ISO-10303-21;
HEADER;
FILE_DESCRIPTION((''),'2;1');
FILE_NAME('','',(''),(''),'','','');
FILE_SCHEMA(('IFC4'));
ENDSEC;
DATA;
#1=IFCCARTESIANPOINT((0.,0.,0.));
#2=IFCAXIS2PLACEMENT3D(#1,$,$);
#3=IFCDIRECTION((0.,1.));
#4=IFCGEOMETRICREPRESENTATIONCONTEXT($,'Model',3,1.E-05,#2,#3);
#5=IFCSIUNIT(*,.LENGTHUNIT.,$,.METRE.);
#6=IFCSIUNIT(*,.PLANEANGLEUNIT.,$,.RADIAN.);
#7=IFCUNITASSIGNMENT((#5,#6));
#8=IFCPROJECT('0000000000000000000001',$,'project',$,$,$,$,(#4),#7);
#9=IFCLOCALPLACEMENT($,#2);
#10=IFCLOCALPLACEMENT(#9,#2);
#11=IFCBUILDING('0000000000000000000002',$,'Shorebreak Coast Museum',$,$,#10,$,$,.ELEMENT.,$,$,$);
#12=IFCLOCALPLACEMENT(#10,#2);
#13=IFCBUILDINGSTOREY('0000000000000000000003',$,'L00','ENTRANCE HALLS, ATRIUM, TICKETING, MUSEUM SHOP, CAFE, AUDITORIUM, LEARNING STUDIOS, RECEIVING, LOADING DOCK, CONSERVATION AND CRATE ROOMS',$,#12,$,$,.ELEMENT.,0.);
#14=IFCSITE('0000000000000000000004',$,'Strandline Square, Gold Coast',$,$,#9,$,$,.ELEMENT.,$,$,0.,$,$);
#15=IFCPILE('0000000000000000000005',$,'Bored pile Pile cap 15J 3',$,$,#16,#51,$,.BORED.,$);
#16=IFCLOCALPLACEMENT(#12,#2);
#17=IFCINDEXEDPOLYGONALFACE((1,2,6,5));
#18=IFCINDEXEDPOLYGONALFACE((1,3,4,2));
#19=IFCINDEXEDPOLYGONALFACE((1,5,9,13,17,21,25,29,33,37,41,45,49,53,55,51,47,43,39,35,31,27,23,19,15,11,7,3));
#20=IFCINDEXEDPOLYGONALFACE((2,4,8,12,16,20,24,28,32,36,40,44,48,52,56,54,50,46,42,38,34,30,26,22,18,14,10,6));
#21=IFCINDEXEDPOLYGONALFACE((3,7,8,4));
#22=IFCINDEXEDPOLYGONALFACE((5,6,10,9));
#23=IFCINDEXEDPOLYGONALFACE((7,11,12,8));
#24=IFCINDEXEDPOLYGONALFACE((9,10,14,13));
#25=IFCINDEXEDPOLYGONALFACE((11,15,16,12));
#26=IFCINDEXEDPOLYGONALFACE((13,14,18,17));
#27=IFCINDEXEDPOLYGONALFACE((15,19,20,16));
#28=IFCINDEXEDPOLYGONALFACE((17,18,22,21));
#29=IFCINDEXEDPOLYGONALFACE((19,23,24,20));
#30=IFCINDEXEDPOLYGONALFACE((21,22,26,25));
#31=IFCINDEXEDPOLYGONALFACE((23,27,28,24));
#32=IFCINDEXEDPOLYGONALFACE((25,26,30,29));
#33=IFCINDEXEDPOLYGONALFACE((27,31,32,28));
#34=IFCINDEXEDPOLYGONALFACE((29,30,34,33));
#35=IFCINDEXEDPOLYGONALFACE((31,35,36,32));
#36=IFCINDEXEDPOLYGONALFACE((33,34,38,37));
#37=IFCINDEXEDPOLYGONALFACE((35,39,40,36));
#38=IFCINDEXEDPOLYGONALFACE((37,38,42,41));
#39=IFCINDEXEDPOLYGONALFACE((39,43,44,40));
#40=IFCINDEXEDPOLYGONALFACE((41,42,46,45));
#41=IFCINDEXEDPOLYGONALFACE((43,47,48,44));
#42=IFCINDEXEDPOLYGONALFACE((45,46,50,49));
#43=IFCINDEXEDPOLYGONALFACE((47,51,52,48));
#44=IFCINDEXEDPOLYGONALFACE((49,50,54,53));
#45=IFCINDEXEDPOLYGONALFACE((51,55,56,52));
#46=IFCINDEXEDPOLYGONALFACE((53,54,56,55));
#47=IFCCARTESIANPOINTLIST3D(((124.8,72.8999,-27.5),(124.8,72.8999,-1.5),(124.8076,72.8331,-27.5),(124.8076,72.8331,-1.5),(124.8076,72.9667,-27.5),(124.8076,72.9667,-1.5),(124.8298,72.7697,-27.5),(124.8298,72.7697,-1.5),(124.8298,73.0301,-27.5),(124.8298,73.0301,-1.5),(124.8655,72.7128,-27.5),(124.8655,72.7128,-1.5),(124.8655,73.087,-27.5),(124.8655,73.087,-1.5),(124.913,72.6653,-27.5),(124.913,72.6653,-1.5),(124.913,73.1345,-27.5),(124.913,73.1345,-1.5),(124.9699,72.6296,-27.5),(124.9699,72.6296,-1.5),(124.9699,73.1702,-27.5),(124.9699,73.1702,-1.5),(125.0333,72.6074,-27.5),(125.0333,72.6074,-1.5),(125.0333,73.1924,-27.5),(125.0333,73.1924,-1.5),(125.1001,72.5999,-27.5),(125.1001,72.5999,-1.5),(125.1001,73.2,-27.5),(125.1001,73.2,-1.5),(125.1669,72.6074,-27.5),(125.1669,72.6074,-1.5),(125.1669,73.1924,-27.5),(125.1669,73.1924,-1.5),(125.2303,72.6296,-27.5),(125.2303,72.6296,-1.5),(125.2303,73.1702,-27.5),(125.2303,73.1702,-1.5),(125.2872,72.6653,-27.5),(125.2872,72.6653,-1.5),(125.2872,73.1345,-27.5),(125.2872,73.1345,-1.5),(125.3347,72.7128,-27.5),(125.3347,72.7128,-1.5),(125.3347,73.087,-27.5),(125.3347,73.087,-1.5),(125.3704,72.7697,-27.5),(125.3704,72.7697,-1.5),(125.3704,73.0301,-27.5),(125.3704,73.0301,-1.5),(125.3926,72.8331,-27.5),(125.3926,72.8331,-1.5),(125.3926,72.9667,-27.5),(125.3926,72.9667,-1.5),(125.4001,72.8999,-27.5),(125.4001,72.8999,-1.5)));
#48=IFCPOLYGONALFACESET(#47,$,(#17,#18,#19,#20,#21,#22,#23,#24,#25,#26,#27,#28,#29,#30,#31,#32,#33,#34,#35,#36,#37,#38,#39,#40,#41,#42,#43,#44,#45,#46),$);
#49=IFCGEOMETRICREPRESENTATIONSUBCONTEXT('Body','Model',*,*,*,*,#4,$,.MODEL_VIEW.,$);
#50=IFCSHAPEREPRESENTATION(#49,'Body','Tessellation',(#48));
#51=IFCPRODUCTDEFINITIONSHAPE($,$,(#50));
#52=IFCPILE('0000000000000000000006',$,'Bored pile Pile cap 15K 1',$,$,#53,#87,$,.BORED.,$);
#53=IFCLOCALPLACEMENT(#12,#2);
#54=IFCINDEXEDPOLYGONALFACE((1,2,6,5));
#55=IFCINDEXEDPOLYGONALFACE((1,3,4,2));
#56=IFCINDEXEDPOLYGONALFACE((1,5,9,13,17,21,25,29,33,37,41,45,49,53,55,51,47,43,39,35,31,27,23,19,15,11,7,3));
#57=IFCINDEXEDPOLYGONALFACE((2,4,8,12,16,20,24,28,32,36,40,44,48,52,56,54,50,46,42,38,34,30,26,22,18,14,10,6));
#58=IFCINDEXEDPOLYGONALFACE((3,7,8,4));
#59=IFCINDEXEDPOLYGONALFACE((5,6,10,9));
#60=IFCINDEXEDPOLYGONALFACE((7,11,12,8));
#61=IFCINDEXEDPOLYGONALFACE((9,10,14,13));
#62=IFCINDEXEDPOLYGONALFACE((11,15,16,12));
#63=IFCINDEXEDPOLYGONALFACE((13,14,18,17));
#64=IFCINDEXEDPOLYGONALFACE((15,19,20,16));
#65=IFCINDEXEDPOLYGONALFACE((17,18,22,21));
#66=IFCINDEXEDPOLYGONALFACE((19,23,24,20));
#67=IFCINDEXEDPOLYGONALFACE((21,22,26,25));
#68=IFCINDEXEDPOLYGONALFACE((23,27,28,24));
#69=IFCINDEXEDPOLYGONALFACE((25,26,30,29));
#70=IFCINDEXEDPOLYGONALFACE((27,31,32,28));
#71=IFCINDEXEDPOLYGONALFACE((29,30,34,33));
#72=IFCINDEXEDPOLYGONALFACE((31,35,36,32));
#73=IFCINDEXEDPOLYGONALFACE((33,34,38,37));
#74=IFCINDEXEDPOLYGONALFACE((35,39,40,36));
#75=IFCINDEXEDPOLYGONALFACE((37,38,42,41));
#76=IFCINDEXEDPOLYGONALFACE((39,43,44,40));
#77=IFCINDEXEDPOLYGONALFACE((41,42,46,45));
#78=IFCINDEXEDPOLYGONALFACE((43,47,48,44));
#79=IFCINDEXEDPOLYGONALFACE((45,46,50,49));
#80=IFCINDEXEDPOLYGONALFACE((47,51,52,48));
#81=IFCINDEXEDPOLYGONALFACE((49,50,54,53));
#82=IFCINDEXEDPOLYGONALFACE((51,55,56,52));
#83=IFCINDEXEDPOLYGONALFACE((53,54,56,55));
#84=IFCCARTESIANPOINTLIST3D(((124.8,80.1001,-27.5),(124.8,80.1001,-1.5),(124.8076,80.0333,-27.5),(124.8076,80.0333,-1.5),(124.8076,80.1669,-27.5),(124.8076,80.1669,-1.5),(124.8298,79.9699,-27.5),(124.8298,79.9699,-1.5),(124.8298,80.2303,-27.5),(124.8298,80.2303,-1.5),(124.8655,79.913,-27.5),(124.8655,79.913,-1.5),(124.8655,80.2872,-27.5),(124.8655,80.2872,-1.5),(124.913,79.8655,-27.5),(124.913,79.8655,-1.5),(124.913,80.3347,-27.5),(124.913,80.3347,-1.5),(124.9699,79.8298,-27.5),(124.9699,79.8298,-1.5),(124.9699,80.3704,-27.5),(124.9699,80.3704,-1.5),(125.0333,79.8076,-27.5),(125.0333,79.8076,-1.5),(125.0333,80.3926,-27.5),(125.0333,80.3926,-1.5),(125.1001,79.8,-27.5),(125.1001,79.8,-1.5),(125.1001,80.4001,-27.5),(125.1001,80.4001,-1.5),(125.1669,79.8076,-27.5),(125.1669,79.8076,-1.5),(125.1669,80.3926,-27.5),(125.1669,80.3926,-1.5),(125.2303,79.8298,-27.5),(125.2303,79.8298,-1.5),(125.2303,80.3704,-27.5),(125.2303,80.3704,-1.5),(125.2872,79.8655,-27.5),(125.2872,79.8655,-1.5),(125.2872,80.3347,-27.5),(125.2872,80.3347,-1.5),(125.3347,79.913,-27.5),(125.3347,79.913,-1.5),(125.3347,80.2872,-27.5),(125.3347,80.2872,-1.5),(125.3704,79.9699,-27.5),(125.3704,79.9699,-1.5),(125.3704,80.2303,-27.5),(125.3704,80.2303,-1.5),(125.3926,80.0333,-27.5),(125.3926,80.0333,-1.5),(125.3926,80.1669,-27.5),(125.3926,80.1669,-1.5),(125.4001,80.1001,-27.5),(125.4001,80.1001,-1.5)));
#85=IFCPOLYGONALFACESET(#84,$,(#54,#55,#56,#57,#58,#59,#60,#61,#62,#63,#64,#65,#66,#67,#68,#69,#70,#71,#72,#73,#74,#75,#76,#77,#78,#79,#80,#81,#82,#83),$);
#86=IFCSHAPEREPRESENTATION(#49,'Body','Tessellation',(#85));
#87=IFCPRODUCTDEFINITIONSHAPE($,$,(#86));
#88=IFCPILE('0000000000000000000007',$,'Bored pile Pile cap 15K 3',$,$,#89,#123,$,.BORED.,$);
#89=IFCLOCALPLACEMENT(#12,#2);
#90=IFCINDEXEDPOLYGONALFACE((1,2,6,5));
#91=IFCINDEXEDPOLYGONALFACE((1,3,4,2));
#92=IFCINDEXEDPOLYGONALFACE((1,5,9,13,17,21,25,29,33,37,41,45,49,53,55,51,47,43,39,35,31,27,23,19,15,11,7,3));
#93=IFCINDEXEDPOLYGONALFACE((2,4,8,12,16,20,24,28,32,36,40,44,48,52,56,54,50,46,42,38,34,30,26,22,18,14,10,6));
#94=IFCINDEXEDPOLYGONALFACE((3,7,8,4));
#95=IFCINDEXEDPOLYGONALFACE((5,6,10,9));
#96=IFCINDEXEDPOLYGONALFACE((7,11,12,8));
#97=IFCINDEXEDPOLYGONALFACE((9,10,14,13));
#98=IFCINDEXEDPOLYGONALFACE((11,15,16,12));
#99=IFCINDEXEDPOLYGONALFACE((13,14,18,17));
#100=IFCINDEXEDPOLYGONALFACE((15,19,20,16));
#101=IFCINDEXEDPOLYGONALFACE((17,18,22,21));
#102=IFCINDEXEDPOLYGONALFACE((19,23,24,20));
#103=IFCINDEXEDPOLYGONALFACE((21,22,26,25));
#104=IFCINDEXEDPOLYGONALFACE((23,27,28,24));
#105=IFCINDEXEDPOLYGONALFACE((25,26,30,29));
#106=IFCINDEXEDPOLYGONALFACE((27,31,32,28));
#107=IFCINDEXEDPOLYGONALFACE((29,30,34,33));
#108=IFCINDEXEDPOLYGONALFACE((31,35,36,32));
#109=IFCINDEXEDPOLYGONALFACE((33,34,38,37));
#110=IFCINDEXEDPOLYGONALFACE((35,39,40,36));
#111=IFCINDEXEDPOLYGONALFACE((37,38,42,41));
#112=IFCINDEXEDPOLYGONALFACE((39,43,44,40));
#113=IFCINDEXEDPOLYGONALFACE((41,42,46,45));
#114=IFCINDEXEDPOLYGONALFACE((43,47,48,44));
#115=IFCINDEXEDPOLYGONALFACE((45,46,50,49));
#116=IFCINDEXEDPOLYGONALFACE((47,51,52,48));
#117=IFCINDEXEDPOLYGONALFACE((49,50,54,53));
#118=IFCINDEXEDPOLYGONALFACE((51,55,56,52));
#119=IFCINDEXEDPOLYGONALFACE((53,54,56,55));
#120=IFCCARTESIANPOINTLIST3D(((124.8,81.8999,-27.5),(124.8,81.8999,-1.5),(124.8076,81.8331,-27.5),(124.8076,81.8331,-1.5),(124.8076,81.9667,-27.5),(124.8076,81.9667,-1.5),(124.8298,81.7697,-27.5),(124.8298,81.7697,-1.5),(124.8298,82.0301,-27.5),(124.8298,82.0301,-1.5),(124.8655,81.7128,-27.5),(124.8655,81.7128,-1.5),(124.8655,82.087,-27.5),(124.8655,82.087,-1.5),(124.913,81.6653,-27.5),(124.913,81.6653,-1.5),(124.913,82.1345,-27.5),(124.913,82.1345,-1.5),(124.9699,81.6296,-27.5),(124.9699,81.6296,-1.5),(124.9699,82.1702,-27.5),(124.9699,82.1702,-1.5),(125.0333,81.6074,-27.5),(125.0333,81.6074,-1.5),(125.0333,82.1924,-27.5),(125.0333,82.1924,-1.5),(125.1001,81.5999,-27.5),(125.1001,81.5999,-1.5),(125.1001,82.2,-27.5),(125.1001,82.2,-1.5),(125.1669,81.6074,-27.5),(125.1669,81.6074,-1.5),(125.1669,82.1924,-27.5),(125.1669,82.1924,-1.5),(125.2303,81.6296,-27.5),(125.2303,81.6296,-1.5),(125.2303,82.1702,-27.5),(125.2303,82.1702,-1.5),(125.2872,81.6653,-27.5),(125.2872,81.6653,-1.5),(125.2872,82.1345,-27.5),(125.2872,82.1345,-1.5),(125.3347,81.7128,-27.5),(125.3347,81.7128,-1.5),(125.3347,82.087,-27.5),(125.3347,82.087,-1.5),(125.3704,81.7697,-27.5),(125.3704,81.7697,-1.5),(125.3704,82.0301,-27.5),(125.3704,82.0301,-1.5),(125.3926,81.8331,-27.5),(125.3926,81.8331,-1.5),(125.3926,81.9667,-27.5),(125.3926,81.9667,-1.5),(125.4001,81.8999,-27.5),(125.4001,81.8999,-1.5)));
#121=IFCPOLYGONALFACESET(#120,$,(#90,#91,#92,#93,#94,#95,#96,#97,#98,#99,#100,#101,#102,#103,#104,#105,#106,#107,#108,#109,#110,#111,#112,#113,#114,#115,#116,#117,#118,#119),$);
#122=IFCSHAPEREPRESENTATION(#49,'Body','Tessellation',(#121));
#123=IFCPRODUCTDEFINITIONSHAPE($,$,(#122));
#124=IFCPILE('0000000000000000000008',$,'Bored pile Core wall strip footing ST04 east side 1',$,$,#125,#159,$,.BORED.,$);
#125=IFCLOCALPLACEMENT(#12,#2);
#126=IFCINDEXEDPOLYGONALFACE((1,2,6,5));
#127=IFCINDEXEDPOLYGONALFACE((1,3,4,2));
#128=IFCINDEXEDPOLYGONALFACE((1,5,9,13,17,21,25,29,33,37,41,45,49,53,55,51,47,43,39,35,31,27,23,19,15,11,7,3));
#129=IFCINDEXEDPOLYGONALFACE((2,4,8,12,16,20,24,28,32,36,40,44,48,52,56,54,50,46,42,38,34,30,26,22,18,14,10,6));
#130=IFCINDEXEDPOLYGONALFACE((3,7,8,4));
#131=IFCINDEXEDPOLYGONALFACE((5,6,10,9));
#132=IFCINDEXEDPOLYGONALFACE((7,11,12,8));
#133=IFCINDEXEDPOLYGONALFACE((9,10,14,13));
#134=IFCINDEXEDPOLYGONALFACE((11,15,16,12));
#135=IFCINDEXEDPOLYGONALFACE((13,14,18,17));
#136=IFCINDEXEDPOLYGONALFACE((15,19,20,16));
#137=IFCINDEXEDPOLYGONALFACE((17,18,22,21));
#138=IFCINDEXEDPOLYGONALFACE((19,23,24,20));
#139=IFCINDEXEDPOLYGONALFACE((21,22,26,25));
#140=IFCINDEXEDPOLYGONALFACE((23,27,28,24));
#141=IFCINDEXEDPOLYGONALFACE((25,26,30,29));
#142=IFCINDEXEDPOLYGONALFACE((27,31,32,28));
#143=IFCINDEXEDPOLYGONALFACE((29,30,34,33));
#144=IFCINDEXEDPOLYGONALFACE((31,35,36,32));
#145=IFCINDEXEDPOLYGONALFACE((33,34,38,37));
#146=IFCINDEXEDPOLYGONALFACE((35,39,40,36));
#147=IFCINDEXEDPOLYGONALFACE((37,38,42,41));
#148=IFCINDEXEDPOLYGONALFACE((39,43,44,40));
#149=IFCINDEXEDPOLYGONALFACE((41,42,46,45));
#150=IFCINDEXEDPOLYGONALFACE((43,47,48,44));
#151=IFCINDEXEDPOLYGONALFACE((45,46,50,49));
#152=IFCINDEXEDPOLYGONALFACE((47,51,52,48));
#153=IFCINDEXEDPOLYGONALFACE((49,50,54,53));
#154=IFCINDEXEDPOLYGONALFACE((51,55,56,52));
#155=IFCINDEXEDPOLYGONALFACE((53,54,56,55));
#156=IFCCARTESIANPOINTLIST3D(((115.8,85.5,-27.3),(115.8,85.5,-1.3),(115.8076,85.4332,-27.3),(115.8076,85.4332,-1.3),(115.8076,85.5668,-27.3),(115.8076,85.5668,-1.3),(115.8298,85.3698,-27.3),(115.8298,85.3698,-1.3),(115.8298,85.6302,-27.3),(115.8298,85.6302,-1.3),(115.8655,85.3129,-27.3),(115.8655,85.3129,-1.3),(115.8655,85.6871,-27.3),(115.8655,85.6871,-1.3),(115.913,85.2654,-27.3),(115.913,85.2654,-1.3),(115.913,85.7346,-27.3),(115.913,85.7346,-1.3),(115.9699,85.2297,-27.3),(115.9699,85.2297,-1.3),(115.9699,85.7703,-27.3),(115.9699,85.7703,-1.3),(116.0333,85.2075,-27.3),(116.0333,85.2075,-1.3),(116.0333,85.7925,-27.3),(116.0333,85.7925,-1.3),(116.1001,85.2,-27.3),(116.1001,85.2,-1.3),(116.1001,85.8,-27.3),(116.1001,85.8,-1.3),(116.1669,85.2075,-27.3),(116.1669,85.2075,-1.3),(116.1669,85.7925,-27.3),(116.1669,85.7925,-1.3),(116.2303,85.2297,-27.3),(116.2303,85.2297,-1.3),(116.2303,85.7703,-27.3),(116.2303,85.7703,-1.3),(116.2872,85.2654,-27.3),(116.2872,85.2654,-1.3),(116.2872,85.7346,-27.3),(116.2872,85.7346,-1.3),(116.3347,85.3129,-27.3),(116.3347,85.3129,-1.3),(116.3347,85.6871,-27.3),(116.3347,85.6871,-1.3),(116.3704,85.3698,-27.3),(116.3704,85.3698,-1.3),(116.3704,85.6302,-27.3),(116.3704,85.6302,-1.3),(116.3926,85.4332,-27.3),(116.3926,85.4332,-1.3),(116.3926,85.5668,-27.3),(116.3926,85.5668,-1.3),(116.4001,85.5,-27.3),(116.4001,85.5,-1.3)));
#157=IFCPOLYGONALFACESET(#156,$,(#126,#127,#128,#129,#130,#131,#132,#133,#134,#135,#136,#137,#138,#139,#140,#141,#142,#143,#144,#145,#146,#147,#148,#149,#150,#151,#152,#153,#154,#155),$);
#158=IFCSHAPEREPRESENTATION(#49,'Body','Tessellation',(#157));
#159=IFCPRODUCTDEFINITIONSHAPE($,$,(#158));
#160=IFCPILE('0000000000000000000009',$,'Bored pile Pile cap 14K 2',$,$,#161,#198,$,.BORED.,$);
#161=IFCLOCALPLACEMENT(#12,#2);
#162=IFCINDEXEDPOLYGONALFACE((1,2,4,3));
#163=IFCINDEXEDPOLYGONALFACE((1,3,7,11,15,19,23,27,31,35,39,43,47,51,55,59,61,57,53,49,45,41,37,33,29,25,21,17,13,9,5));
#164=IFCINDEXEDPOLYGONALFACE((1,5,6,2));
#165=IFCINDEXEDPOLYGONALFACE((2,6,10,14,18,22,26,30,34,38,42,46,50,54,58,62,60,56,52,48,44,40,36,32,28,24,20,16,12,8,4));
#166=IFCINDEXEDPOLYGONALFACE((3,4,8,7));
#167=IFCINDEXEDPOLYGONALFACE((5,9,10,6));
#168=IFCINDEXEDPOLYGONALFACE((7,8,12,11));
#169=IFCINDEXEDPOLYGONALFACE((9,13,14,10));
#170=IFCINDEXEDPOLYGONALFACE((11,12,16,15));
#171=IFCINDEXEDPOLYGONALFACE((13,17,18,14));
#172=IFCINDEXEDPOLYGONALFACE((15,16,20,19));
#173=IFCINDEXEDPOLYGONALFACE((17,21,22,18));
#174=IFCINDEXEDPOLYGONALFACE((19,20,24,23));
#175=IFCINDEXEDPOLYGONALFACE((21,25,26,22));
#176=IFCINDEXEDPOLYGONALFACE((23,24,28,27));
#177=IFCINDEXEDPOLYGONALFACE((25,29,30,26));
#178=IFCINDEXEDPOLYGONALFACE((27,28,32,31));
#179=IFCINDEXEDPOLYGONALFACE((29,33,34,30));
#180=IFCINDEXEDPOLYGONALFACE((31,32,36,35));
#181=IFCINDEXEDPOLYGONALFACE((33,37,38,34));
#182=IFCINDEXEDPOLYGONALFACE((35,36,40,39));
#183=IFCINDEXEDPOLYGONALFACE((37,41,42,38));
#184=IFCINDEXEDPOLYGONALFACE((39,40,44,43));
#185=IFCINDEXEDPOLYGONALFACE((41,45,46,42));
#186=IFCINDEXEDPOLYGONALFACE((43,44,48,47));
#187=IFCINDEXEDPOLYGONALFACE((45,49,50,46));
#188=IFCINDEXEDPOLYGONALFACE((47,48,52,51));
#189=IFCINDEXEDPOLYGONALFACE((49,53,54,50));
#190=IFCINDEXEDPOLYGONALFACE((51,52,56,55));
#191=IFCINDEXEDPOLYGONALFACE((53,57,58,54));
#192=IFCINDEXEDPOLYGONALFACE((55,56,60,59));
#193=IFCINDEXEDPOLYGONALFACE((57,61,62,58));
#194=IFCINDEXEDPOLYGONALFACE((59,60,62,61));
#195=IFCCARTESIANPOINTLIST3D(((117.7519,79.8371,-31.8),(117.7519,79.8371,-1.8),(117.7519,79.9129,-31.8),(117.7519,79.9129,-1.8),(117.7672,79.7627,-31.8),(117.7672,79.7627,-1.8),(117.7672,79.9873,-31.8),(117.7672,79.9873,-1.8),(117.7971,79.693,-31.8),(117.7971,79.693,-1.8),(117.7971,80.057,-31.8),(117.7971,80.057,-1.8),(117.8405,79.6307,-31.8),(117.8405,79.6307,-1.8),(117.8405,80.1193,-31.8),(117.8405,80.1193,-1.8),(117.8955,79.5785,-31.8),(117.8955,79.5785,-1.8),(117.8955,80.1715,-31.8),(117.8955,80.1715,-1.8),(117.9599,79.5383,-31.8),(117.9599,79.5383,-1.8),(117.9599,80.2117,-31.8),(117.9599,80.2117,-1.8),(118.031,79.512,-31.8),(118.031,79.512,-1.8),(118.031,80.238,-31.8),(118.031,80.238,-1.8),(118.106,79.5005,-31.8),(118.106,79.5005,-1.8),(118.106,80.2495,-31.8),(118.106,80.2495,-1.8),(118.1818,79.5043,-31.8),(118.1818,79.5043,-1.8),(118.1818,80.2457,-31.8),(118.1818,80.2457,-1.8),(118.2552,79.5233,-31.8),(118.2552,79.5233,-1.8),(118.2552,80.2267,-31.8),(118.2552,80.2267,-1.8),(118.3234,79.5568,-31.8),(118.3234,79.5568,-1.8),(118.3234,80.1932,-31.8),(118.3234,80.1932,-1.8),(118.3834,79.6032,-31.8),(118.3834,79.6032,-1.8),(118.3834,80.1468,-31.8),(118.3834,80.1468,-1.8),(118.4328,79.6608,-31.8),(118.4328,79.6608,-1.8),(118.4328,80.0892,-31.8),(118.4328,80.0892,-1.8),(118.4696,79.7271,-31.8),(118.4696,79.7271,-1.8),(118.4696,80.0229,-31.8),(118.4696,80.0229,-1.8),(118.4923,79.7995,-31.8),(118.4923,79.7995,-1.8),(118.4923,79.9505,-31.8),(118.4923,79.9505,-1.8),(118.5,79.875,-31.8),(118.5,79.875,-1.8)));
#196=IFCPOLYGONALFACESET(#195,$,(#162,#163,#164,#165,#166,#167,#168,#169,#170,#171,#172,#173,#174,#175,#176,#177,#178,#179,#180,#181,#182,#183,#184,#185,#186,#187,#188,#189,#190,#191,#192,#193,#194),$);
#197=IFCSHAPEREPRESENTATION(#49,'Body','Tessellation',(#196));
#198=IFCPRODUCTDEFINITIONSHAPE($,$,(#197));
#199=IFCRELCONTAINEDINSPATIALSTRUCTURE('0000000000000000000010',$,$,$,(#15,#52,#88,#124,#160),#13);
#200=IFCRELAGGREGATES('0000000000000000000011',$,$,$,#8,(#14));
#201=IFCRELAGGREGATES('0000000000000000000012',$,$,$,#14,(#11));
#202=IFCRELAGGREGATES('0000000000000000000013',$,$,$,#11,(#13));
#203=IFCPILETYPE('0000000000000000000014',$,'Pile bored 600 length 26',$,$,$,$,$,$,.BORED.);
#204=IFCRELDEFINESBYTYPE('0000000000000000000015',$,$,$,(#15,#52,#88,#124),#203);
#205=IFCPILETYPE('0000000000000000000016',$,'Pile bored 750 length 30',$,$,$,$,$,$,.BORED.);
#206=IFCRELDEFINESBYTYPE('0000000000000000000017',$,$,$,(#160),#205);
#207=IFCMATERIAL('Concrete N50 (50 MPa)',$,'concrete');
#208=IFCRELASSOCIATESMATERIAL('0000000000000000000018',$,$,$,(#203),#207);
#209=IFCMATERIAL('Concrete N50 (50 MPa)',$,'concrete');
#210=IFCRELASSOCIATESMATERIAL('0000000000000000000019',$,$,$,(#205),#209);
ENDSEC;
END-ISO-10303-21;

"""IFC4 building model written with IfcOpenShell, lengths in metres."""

from ifc_helpers import new_model, si_unit, direction, frame, origin, origin_2d, place, context, subcontext, project, spatial, circle, extrude, material, material_profile, profile_set, type_object, element, save


model = new_model("IFC4")

# Units and contexts
model_context = context("Model", 3, precision=1e-05, world=origin(), true_north=direction((0.0, 1.0)))
body_context = subcontext(model_context, "Body", "Model", "MODEL_VIEW")
ifc_project = project(units=[si_unit("LENGTHUNIT", "METRE"), si_unit("PLANEANGLEUNIT", "RADIAN")], contexts=[model_context])

# Site, building, storey
site_placement = place(None, origin())
site = spatial("IfcSite", under=ifc_project, at=site_placement, Name="Strandline Square, Gold Coast", CompositionType="ELEMENT", RefElevation=0.0)
building_placement = place(site_placement, origin())
building = spatial("IfcBuilding", under=site, at=building_placement, Name="Shorebreak Coast Museum", CompositionType="ELEMENT")
storey_placement = place(building_placement, origin())
storey = spatial("IfcBuildingStorey", under=building, at=storey_placement, Name="L00", Description="ENTRANCE HALLS, ATRIUM, TICKETING, MUSEUM SHOP, CAFE, AUDITORIUM, LEARNING STUDIOS, RECEIVING, LOADING DOCK, CONSERVATION AND CRATE ROOMS", CompositionType="ELEMENT", Elevation=0.0)

# Piles
ifc_material_1 = material(Name="Concrete N50 (50 MPa)", Category="concrete")
ifc_material_profile_1 = material_profile(ifc_material_1, circle(Radius=0.3, at=origin_2d()), Name="Pile bored 600 length 26")
ifc_profile_set_1 = profile_set([ifc_material_profile_1], Name="Concrete N50 (50 MPa)")
pile_type_1 = type_object("IfcPileType", Name="Pile bored 600 length 26", PredefinedType="BORED", material=ifc_profile_set_1)
for number, where, z_axis, x_axis, name in (
    (1, (125.1001, 72.8999, -1.5), (0.0, 0.0, -1.0), (1.0, 0.0, 0.0), "Bored pile Pile cap 15J 3"),
    (2, (125.1001, 80.1001, -1.5), (0.0, 0.0, -1.0), (1.0, 0.0, 0.0), "Bored pile Pile cap 15K 1"),
    (3, (125.1001, 81.8999, -1.5), (0.0, 0.0, -1.0), (1.0, 0.0, 0.0), "Bored pile Pile cap 15K 3"),
    (4, (116.1001, 85.5, -1.3), (0.0, 0.0, -1.0), (1.0, 0.0, 0.0), "Bored pile Core wall strip footing ST04 east side 1"),
):
    element("IfcPile", number, at=place(storey_placement, frame(where, z_axis=z_axis, x_axis=x_axis)), inside=storey, type_object=pile_type_1, Name=name, PredefinedType="BORED", context=body_context, shape_type="SweptSolid", body=[
        extrude(circle(Radius=0.3, at=origin_2d()), origin(), (0.0, 0.0, 1.0), 26.0),
    ])
ifc_material_2 = material(Name="Concrete N50 (50 MPa)", Category="concrete")
ifc_material_profile_2 = material_profile(ifc_material_2, circle(Radius=0.375, at=origin_2d()), Name="Pile bored 750 length 30")
ifc_profile_set_2 = profile_set([ifc_material_profile_2], Name="Concrete N50 (50 MPa)")
pile_type_2 = type_object("IfcPileType", Name="Pile bored 750 length 30", PredefinedType="BORED", material=ifc_profile_set_2)
for number, where, z_axis, x_axis, name in (
    (5, (118.125, 79.875, -1.8), (0.0, 0.0, -1.0), (1.0, 0.0, 0.0), "Bored pile Pile cap 14K 2"),
):
    element("IfcPile", number, at=place(storey_placement, frame(where, z_axis=z_axis, x_axis=x_axis)), inside=storey, type_object=pile_type_2, Name=name, PredefinedType="BORED", context=body_context, shape_type="SweptSolid", body=[
        extrude(circle(Radius=0.375, at=origin_2d()), origin(), (0.0, 0.0, 1.0), 30.0),
    ])

save(model, "model.ifc")
